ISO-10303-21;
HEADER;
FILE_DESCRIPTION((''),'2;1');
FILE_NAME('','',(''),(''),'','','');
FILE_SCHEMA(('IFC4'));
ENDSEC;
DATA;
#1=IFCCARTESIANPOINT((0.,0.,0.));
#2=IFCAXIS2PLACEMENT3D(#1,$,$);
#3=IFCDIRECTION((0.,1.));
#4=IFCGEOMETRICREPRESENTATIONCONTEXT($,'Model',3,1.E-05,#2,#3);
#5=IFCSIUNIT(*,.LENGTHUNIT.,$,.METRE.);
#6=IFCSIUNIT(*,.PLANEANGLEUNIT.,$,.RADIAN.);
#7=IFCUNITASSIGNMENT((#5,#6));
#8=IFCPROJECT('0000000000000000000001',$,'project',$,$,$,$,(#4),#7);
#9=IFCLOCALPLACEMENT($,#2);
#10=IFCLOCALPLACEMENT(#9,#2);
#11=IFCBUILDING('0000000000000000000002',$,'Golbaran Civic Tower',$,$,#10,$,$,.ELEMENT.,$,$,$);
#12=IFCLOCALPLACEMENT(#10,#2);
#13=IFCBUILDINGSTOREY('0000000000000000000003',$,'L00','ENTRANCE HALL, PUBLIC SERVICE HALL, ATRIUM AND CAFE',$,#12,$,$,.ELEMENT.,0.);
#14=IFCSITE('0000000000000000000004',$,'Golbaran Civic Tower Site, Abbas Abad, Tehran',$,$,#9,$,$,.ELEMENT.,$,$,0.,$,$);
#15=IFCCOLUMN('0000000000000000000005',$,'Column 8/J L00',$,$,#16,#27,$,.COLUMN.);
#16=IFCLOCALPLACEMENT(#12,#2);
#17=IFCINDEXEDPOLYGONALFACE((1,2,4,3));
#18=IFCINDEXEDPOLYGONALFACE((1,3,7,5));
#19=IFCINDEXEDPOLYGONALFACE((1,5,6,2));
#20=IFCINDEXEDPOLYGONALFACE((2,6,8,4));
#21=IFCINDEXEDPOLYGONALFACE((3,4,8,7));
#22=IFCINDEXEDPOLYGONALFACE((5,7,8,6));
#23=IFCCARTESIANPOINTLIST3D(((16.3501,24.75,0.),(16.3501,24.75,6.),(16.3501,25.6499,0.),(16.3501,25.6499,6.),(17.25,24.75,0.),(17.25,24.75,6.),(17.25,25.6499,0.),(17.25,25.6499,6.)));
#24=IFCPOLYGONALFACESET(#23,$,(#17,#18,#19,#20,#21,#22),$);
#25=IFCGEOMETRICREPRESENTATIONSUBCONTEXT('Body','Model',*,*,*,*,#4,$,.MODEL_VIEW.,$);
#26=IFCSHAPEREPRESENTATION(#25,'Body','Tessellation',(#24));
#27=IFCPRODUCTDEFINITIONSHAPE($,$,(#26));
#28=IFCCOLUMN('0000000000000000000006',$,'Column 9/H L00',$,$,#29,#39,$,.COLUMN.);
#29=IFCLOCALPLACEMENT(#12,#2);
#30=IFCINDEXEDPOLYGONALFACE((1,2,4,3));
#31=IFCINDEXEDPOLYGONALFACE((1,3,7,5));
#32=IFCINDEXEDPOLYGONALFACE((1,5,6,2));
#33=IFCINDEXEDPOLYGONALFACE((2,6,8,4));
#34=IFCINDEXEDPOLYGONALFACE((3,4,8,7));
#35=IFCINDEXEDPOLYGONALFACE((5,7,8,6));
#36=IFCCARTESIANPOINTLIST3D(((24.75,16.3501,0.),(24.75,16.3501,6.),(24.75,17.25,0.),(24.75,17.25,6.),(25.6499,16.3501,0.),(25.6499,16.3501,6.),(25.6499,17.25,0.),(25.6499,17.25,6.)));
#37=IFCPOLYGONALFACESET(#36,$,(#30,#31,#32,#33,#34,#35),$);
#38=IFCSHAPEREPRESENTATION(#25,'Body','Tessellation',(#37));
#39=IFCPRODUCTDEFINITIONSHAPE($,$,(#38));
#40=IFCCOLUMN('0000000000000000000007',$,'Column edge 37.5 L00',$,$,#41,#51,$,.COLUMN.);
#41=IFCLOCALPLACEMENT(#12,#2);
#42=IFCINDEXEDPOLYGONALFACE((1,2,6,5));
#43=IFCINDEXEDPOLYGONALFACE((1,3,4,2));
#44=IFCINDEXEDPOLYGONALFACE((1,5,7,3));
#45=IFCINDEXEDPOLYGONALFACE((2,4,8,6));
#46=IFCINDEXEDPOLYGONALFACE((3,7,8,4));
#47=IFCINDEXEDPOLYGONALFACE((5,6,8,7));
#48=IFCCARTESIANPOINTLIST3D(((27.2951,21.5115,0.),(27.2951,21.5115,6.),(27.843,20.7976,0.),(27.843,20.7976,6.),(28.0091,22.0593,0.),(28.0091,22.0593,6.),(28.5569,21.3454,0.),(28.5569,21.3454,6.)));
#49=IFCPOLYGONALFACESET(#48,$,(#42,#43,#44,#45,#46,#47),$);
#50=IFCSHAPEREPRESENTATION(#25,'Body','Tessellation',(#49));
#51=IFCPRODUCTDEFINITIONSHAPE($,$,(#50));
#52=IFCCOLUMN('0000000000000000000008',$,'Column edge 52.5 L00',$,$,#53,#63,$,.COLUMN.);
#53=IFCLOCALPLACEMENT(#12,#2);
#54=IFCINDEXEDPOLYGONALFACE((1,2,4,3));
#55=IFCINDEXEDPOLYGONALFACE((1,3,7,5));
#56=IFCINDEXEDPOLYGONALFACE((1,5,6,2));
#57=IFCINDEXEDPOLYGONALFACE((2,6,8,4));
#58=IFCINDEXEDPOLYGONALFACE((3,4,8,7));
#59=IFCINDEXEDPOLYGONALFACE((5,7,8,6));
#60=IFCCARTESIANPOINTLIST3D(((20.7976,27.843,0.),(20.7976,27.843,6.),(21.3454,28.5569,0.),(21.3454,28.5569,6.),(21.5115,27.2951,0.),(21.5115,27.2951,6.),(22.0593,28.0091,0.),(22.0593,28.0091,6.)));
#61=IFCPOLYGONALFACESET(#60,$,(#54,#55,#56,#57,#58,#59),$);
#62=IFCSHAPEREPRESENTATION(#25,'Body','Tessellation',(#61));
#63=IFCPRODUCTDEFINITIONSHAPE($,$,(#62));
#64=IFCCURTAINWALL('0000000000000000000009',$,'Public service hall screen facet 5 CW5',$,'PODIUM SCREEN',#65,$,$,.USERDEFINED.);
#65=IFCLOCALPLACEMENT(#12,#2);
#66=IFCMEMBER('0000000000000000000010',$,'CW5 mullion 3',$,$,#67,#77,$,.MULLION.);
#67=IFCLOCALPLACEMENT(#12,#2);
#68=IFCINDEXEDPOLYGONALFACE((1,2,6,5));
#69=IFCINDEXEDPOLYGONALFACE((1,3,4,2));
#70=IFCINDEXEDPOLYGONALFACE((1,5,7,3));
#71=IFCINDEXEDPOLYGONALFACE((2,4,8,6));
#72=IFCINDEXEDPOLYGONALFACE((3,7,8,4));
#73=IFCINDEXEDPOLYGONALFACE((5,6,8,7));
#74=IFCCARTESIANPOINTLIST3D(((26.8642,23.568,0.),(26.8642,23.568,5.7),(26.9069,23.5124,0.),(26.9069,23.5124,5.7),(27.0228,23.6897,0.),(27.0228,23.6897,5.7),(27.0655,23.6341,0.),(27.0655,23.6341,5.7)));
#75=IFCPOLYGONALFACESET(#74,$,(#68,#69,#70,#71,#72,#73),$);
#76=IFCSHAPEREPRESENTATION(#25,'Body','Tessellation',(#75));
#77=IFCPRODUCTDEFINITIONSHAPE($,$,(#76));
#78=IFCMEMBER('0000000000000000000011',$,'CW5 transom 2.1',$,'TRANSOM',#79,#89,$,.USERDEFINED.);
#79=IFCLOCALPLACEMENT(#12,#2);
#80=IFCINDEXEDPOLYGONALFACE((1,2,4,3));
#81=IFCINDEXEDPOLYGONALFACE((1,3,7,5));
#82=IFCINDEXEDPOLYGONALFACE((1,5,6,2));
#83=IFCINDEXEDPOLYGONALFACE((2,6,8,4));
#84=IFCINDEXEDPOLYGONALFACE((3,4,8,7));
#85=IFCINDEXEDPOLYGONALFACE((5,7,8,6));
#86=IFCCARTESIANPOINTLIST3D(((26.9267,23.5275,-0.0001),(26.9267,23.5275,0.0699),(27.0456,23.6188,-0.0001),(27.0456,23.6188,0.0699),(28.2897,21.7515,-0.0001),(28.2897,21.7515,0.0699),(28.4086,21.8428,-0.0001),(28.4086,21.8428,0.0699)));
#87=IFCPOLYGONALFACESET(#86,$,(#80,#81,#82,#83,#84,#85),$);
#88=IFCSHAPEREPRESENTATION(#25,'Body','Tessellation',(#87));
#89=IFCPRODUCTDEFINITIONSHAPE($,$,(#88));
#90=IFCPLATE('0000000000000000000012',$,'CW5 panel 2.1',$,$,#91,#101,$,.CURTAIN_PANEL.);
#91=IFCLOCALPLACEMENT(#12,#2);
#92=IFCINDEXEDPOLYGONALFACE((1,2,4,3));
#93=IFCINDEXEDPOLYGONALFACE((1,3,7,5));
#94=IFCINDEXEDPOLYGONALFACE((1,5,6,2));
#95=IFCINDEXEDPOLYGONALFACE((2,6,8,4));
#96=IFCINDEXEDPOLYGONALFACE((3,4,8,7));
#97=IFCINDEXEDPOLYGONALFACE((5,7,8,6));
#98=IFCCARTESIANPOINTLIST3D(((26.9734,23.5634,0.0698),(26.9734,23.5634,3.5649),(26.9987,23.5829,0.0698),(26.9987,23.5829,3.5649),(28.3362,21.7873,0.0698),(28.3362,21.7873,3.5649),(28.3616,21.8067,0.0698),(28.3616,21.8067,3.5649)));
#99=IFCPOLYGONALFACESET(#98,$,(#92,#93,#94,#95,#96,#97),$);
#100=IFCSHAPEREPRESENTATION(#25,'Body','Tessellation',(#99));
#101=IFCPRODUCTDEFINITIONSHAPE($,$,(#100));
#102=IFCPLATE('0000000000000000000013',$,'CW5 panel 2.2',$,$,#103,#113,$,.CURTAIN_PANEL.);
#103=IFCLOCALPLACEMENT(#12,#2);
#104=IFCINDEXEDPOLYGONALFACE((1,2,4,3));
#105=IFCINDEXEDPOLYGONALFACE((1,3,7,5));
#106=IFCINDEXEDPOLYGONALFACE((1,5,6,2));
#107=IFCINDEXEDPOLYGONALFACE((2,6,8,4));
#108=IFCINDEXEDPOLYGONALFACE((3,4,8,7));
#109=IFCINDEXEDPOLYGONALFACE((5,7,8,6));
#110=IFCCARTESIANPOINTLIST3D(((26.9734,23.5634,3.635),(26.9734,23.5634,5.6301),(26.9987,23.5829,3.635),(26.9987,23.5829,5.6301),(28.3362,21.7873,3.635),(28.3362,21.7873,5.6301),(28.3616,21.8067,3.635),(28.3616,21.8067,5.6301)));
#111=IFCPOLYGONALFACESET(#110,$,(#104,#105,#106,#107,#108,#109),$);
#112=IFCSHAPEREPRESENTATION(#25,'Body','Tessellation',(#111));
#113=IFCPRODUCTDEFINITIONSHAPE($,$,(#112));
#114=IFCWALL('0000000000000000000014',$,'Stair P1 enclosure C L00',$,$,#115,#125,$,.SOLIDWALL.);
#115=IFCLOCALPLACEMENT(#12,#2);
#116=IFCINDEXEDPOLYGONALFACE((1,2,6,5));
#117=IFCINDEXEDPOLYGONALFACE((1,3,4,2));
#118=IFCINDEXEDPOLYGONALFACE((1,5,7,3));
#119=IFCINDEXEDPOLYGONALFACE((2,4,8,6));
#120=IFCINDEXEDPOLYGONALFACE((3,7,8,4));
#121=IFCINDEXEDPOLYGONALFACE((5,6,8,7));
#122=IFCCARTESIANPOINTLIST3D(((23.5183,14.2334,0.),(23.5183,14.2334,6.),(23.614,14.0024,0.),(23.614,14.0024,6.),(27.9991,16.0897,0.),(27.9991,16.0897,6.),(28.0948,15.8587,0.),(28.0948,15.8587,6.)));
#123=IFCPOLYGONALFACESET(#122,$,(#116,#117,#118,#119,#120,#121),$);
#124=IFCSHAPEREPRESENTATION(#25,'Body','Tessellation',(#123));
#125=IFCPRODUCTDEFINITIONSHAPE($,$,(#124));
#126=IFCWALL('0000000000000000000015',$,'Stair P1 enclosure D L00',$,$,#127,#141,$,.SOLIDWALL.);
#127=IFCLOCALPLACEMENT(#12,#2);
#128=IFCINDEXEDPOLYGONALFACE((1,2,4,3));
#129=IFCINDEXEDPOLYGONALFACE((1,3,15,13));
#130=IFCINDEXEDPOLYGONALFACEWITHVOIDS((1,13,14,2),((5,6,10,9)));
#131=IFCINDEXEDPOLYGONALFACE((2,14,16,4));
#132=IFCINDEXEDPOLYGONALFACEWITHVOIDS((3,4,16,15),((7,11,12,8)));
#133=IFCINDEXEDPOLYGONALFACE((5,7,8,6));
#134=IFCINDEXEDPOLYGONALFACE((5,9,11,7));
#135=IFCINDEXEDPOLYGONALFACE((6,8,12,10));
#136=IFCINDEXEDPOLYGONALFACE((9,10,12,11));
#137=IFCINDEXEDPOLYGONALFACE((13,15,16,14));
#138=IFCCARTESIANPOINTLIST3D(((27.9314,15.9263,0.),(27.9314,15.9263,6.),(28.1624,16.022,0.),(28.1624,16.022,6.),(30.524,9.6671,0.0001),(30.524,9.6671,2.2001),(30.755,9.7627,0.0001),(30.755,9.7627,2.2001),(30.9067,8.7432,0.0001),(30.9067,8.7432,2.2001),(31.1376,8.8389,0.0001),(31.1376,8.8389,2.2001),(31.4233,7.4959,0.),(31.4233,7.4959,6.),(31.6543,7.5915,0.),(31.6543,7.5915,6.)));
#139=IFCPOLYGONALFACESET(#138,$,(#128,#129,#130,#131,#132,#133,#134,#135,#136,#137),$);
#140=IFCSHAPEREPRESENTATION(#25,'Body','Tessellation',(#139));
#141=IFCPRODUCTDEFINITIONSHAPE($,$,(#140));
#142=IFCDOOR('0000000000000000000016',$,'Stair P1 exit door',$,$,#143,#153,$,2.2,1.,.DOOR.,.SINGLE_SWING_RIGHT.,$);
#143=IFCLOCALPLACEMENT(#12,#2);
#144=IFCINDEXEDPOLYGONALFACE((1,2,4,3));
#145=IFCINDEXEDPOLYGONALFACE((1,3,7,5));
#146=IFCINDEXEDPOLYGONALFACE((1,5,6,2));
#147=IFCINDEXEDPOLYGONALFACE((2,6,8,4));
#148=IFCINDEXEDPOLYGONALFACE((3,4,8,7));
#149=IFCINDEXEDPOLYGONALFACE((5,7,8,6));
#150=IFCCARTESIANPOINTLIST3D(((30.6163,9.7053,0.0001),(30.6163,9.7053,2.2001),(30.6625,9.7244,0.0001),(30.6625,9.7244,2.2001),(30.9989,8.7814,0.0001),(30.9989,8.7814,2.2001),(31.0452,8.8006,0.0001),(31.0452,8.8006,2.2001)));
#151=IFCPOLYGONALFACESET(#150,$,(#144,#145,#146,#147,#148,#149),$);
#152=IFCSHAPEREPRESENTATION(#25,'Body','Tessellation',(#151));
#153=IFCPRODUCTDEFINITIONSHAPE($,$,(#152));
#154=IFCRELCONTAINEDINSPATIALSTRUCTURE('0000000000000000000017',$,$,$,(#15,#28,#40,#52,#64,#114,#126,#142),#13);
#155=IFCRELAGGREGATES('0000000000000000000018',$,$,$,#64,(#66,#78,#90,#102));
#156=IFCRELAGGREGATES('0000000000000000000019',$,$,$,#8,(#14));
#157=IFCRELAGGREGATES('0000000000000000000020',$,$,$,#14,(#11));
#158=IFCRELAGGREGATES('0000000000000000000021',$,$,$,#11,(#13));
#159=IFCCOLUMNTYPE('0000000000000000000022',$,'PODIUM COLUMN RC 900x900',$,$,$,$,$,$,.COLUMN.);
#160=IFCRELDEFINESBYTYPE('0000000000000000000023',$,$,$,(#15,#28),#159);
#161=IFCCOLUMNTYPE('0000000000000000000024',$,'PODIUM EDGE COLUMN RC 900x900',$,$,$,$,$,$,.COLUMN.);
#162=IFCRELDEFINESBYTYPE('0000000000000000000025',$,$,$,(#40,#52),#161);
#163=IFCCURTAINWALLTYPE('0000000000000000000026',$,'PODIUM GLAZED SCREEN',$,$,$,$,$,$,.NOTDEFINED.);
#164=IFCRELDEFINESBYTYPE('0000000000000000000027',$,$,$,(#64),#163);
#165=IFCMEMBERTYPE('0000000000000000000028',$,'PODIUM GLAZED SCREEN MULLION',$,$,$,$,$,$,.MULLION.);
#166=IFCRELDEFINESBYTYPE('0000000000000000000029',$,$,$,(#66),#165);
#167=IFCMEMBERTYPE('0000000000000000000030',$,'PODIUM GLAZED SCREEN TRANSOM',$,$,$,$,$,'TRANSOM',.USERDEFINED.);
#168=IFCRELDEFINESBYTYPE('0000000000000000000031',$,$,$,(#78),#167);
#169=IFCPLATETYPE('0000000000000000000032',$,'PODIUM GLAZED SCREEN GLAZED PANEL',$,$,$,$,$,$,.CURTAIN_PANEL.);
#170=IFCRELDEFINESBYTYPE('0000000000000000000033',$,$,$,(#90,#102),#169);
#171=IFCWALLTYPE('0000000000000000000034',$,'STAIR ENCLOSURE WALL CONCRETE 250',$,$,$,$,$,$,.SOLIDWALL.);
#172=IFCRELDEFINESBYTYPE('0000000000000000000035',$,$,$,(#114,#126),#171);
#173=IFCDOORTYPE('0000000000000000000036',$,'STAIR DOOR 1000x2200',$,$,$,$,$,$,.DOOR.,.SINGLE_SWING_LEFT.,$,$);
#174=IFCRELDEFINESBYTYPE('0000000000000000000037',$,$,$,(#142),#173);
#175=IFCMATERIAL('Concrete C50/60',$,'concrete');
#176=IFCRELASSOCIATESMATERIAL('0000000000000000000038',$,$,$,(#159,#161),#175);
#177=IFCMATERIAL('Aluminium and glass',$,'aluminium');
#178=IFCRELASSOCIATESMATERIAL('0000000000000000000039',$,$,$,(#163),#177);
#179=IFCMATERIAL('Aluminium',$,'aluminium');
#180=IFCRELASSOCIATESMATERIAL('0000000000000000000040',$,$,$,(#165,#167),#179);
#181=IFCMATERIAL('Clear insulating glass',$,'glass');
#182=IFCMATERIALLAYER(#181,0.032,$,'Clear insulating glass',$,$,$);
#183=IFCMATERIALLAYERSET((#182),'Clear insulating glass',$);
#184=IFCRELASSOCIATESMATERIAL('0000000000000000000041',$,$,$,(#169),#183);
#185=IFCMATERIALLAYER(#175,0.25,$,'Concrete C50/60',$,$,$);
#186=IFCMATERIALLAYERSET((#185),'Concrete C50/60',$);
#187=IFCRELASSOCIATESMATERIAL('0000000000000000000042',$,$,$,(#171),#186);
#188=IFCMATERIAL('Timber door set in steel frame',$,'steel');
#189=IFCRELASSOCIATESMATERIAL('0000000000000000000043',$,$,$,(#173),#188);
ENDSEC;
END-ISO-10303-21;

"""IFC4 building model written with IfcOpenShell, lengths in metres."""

from ifc_helpers import new_model, si_unit, direction, frame, frame_2d, origin, origin_2d, place, context, subcontext, project, spatial, rectangle, extrude, material, layer, layer_set, material_profile, profile_set, type_object, element, fill, aggregate, save


model = new_model("IFC4")

# Units and contexts
model_context = context("Model", 3, precision=1e-05, world=origin(), true_north=direction((0.0, 1.0)))
body_context = subcontext(model_context, "Body", "Model", "MODEL_VIEW")
ifc_project = project(units=[si_unit("LENGTHUNIT", "METRE"), si_unit("PLANEANGLEUNIT", "RADIAN")], contexts=[model_context])

# Site, building, storey
site_placement = place(None, origin())
site = spatial("IfcSite", under=ifc_project, at=site_placement, Name="Golbaran Civic Tower Site, Abbas Abad, Tehran", CompositionType="ELEMENT", RefElevation=0.0)
building_placement = place(site_placement, origin())
building = spatial("IfcBuilding", under=site, at=building_placement, Name="Golbaran Civic Tower", CompositionType="ELEMENT")
storey_placement = place(building_placement, origin())
storey = spatial("IfcBuildingStorey", under=building, at=storey_placement, Name="L00", Description="ENTRANCE HALL, PUBLIC SERVICE HALL, ATRIUM AND CAFE", CompositionType="ELEMENT", Elevation=0.0)

# Columns
ifc_material_1 = material(Name="Concrete C50/60", Category="concrete")
ifc_material_profile_1 = material_profile(ifc_material_1, rectangle(XDim=0.8999, YDim=0.8999, at=origin_2d()), Name="RC 900x900")
ifc_profile_set_1 = profile_set([ifc_material_profile_1], Name="Concrete C50/60")
column_type_1 = type_object("IfcColumnType", Name="PODIUM COLUMN RC 900x900", PredefinedType="COLUMN", material=ifc_profile_set_1)
for number, where, z_axis, x_axis, name in (
    (1, (16.8, 25.2, 0.0), (0.0, 0.0, 1.0), (1.0, 0.0, 0.0), "Column 8/J L00"),
    (2, (25.2, 16.8, 0.0), (0.0, 0.0, 1.0), (1.0, 0.0, 0.0), "Column 9/H L00"),
):
    element("IfcColumn", number, at=place(storey_placement, frame(where, z_axis=z_axis, x_axis=x_axis)), inside=storey, type_object=column_type_1, Name=name, PredefinedType="COLUMN", context=body_context, shape_type="SweptSolid", body=[
        extrude(rectangle(XDim=0.8999, YDim=0.8999, at=origin_2d()), origin(), (0.0, 0.0, 1.0), 6.0),
    ])
ifc_material_profile_2 = material_profile(ifc_material_1, rectangle(XDim=0.8999, YDim=0.8999, at=origin_2d()), Name="RC 900x900")
ifc_profile_set_2 = profile_set([ifc_material_profile_2], Name="Concrete C50/60")
column_type_2 = type_object("IfcColumnType", Name="PODIUM EDGE COLUMN RC 900x900", PredefinedType="COLUMN", material=ifc_profile_set_2)
for number, where, z_axis, x_axis, name in (
    (3, (27.926, 21.4285, 0.0), (0.0, 0.0, 1.0), (0.793353, 0.608761, 0.0), "Column edge 37.5 L00"),
    (4, (21.4285, 27.926, 0.0), (0.0, 0.0, 1.0), (0.608761, 0.793353, 0.0), "Column edge 52.5 L00"),
):
    element("IfcColumn", number, at=place(storey_placement, frame(where, z_axis=z_axis, x_axis=x_axis)), inside=storey, type_object=column_type_2, Name=name, PredefinedType="COLUMN", context=body_context, shape_type="SweptSolid", body=[
        extrude(rectangle(XDim=0.8999, YDim=0.8999, at=origin_2d()), origin(), (0.0, 0.0, 1.0), 6.0),
    ])

# Curtain wall, members, plates
ifc_material_2 = material(Name="Aluminium and glass", Category="aluminium")
curtain_wall_type = type_object("IfcCurtainWallType", Name="PODIUM GLAZED SCREEN", PredefinedType="NOTDEFINED", material=ifc_material_2)
curtain_wall_placement = place(storey_placement, origin())
curtain_wall = element("IfcCurtainWall", 5, at=curtain_wall_placement, inside=storey, type_object=curtain_wall_type, Name="Public service hall screen facet 5 CW5", ObjectType="PODIUM SCREEN", PredefinedType="USERDEFINED")
ifc_material_3 = material(Name="Aluminium", Category="aluminium")
ifc_material_profile_3 = material_profile(ifc_material_3, rectangle(XDim=0.2, YDim=0.0701, at=origin_2d()), Name="PODIUM GLAZED SCREEN MULLION")
ifc_profile_set_3 = profile_set([ifc_material_profile_3], Name="Aluminium")
member_type_1 = type_object("IfcMemberType", Name="PODIUM GLAZED SCREEN MULLION", PredefinedType="MULLION", material=ifc_profile_set_3)
member_1_placement = place(storey_placement, frame((26.9648, 23.6011, 0.0), z_axis=(0.0, 0.0, 1.0), x_axis=(-0.793353, -0.608761, 0.0)))
member_1 = element("IfcMember", 6, at=member_1_placement, type_object=member_type_1, Name="CW5 mullion 3", PredefinedType="MULLION", context=body_context, shape_type="SweptSolid", body=[
    extrude(rectangle(XDim=0.2, YDim=0.0701, at=origin_2d()), origin(), (0.0, 0.0, 1.0), 5.7),
])
ifc_material_profile_4 = material_profile(ifc_material_3, rectangle(XDim=0.1499, YDim=0.0701, at=origin_2d()), Name="PODIUM GLAZED SCREEN TRANSOM")
ifc_profile_set_4 = profile_set([ifc_material_profile_4], Name="Aluminium")
member_type_2 = type_object("IfcMemberType", Name="PODIUM GLAZED SCREEN TRANSOM", ElementType="TRANSOM", PredefinedType="USERDEFINED", material=ifc_profile_set_4)
member_2_placement = place(storey_placement, frame((28.3491, 21.7971, 0.0349), z_axis=(-0.608809, 0.793317, 0.0), x_axis=(-0.793317, -0.608809, 0.0)))
member_2 = element("IfcMember", 7, at=member_2_placement, type_object=member_type_2, Name="CW5 transom 2.1", ObjectType="TRANSOM", PredefinedType="USERDEFINED", context=body_context, shape_type="SweptSolid", body=[
    extrude(rectangle(XDim=0.1499, YDim=0.0701, at=origin_2d()), origin(), (0.0, 0.0, 1.0), 2.2388),
])
ifc_material_4 = material(Name="Clear insulating glass", Category="glass")
ifc_layer_1 = layer(ifc_material_4, 0.032, Name="Clear insulating glass")
ifc_layer_set_1 = layer_set([ifc_layer_1], Name="Clear insulating glass")
plate_type = type_object("IfcPlateType", Name="PODIUM GLAZED SCREEN GLAZED PANEL", PredefinedType="CURTAIN_PANEL", material=ifc_layer_set_1)
plate_1_placement = place(storey_placement, frame((27.6675, 22.6851, 0.0698), z_axis=(0.0, 0.0, 1.0), x_axis=(-0.608761, 0.793353, 0.0)))
plate_1 = element("IfcPlate", 8, at=plate_1_placement, type_object=plate_type, Name="CW5 panel 2.1", PredefinedType="CURTAIN_PANEL", context=body_context, shape_type="SweptSolid", body=[
    extrude(rectangle(XDim=2.2388, YDim=0.032, at=origin_2d()), origin(), (0.0, 0.0, 1.0), 3.4951),
])
plate_2_placement = place(storey_placement, frame((27.6675, 22.6851, 3.635), z_axis=(0.0, 0.0, 1.0), x_axis=(-0.608761, 0.793353, 0.0)))
plate_2 = element("IfcPlate", 9, at=plate_2_placement, type_object=plate_type, Name="CW5 panel 2.2", PredefinedType="CURTAIN_PANEL", context=body_context, shape_type="SweptSolid", body=[
    extrude(rectangle(XDim=2.2388, YDim=0.032, at=origin_2d()), origin(), (0.0, 0.0, 1.0), 1.9951),
])
aggregate(curtain_wall, [member_1, member_2, plate_1, plate_2])

# Wall
ifc_layer_2 = layer(ifc_material_1, 0.25, Name="Concrete C50/60")
ifc_layer_set_2 = layer_set([ifc_layer_2], Name="Concrete C50/60")
wall_type_1 = type_object("IfcWallType", Name="STAIR ENCLOSURE WALL CONCRETE 250", PredefinedType="SOLIDWALL", material=ifc_layer_set_2)
wall_1_placement = place(storey_placement, frame((23.5662, 14.1179, 0.0), z_axis=(0.0, 0.0, 1.0), x_axis=(0.923863, 0.382724, 0.0)))
element("IfcWall", 10, at=wall_1_placement, inside=storey, type_object=wall_type_1, Name="Stair P1 enclosure C L00", PredefinedType="SOLIDWALL", context=body_context, shape_type="SweptSolid", body=[
    extrude(rectangle(XDim=4.8501, YDim=0.25, at=frame_2d((2.425, 0.0))), origin(), (0.0, 0.0, 1.0), 6.0),
])

# Wall, opening, door
wall_2_placement = place(storey_placement, frame((28.0469, 15.9741, 0.0), z_axis=(0.0, 0.0, 1.0), x_axis=(0.382679, -0.923882, 0.0)))
wall_2 = element("IfcWall", 11, at=wall_2_placement, inside=storey, type_object=wall_type_1, Name="Stair P1 enclosure D L00", PredefinedType="SOLIDWALL", context=body_context, shape_type="SweptSolid", body=[
    extrude(rectangle(XDim=9.125, YDim=0.25, at=frame_2d((4.5625, 0.0))), origin(), (0.0, 0.0, 1.0), 6.0),
])
opening_1_placement = place(wall_2_placement, frame((6.7749, 0.0, 0.0)))
opening_1 = element("IfcOpeningElement", 12, at=opening_1_placement, cuts=wall_2, PredefinedType="OPENING", context=body_context, shape_type="SweptSolid", body=[
    extrude(rectangle(XDim=1.0, YDim=2.2, at=frame_2d((0.5, 1.1001))), frame((0.0, 0.135, 0.0), z_axis=(0.0, -1.0, 0.0), x_axis=(1.0, 0.0, 0.0)), (0.0, 0.0, 1.0), 0.27),
])
ifc_material_5 = material(Name="Timber door set in steel frame", Category="steel")
door_type_1 = type_object("IfcDoorType", Name="STAIR DOOR 1000x2200", OperationType="SINGLE_SWING_LEFT", PredefinedType="DOOR", material=ifc_material_5)
door_1_placement = place(opening_1_placement, origin())
door_1 = element("IfcDoor", 13, at=door_1_placement, inside=storey, type_object=door_type_1, Name="Stair P1 exit door", OperationType="SINGLE_SWING_RIGHT", OverallHeight=2.2, OverallWidth=1.0, PredefinedType="DOOR", context=body_context, shape_type="SweptSolid", body=[
    extrude(rectangle(XDim=1.0, YDim=2.2, at=frame_2d((0.5, 1.1001))), frame((0.0, 0.0249, 0.0), z_axis=(0.0, -1.0, 0.0), x_axis=(1.0, 0.0, 0.0)), (0.0, 0.0, 1.0), 0.05),
])
fill(opening_1, door_1)

save(model, "model.ifc")
